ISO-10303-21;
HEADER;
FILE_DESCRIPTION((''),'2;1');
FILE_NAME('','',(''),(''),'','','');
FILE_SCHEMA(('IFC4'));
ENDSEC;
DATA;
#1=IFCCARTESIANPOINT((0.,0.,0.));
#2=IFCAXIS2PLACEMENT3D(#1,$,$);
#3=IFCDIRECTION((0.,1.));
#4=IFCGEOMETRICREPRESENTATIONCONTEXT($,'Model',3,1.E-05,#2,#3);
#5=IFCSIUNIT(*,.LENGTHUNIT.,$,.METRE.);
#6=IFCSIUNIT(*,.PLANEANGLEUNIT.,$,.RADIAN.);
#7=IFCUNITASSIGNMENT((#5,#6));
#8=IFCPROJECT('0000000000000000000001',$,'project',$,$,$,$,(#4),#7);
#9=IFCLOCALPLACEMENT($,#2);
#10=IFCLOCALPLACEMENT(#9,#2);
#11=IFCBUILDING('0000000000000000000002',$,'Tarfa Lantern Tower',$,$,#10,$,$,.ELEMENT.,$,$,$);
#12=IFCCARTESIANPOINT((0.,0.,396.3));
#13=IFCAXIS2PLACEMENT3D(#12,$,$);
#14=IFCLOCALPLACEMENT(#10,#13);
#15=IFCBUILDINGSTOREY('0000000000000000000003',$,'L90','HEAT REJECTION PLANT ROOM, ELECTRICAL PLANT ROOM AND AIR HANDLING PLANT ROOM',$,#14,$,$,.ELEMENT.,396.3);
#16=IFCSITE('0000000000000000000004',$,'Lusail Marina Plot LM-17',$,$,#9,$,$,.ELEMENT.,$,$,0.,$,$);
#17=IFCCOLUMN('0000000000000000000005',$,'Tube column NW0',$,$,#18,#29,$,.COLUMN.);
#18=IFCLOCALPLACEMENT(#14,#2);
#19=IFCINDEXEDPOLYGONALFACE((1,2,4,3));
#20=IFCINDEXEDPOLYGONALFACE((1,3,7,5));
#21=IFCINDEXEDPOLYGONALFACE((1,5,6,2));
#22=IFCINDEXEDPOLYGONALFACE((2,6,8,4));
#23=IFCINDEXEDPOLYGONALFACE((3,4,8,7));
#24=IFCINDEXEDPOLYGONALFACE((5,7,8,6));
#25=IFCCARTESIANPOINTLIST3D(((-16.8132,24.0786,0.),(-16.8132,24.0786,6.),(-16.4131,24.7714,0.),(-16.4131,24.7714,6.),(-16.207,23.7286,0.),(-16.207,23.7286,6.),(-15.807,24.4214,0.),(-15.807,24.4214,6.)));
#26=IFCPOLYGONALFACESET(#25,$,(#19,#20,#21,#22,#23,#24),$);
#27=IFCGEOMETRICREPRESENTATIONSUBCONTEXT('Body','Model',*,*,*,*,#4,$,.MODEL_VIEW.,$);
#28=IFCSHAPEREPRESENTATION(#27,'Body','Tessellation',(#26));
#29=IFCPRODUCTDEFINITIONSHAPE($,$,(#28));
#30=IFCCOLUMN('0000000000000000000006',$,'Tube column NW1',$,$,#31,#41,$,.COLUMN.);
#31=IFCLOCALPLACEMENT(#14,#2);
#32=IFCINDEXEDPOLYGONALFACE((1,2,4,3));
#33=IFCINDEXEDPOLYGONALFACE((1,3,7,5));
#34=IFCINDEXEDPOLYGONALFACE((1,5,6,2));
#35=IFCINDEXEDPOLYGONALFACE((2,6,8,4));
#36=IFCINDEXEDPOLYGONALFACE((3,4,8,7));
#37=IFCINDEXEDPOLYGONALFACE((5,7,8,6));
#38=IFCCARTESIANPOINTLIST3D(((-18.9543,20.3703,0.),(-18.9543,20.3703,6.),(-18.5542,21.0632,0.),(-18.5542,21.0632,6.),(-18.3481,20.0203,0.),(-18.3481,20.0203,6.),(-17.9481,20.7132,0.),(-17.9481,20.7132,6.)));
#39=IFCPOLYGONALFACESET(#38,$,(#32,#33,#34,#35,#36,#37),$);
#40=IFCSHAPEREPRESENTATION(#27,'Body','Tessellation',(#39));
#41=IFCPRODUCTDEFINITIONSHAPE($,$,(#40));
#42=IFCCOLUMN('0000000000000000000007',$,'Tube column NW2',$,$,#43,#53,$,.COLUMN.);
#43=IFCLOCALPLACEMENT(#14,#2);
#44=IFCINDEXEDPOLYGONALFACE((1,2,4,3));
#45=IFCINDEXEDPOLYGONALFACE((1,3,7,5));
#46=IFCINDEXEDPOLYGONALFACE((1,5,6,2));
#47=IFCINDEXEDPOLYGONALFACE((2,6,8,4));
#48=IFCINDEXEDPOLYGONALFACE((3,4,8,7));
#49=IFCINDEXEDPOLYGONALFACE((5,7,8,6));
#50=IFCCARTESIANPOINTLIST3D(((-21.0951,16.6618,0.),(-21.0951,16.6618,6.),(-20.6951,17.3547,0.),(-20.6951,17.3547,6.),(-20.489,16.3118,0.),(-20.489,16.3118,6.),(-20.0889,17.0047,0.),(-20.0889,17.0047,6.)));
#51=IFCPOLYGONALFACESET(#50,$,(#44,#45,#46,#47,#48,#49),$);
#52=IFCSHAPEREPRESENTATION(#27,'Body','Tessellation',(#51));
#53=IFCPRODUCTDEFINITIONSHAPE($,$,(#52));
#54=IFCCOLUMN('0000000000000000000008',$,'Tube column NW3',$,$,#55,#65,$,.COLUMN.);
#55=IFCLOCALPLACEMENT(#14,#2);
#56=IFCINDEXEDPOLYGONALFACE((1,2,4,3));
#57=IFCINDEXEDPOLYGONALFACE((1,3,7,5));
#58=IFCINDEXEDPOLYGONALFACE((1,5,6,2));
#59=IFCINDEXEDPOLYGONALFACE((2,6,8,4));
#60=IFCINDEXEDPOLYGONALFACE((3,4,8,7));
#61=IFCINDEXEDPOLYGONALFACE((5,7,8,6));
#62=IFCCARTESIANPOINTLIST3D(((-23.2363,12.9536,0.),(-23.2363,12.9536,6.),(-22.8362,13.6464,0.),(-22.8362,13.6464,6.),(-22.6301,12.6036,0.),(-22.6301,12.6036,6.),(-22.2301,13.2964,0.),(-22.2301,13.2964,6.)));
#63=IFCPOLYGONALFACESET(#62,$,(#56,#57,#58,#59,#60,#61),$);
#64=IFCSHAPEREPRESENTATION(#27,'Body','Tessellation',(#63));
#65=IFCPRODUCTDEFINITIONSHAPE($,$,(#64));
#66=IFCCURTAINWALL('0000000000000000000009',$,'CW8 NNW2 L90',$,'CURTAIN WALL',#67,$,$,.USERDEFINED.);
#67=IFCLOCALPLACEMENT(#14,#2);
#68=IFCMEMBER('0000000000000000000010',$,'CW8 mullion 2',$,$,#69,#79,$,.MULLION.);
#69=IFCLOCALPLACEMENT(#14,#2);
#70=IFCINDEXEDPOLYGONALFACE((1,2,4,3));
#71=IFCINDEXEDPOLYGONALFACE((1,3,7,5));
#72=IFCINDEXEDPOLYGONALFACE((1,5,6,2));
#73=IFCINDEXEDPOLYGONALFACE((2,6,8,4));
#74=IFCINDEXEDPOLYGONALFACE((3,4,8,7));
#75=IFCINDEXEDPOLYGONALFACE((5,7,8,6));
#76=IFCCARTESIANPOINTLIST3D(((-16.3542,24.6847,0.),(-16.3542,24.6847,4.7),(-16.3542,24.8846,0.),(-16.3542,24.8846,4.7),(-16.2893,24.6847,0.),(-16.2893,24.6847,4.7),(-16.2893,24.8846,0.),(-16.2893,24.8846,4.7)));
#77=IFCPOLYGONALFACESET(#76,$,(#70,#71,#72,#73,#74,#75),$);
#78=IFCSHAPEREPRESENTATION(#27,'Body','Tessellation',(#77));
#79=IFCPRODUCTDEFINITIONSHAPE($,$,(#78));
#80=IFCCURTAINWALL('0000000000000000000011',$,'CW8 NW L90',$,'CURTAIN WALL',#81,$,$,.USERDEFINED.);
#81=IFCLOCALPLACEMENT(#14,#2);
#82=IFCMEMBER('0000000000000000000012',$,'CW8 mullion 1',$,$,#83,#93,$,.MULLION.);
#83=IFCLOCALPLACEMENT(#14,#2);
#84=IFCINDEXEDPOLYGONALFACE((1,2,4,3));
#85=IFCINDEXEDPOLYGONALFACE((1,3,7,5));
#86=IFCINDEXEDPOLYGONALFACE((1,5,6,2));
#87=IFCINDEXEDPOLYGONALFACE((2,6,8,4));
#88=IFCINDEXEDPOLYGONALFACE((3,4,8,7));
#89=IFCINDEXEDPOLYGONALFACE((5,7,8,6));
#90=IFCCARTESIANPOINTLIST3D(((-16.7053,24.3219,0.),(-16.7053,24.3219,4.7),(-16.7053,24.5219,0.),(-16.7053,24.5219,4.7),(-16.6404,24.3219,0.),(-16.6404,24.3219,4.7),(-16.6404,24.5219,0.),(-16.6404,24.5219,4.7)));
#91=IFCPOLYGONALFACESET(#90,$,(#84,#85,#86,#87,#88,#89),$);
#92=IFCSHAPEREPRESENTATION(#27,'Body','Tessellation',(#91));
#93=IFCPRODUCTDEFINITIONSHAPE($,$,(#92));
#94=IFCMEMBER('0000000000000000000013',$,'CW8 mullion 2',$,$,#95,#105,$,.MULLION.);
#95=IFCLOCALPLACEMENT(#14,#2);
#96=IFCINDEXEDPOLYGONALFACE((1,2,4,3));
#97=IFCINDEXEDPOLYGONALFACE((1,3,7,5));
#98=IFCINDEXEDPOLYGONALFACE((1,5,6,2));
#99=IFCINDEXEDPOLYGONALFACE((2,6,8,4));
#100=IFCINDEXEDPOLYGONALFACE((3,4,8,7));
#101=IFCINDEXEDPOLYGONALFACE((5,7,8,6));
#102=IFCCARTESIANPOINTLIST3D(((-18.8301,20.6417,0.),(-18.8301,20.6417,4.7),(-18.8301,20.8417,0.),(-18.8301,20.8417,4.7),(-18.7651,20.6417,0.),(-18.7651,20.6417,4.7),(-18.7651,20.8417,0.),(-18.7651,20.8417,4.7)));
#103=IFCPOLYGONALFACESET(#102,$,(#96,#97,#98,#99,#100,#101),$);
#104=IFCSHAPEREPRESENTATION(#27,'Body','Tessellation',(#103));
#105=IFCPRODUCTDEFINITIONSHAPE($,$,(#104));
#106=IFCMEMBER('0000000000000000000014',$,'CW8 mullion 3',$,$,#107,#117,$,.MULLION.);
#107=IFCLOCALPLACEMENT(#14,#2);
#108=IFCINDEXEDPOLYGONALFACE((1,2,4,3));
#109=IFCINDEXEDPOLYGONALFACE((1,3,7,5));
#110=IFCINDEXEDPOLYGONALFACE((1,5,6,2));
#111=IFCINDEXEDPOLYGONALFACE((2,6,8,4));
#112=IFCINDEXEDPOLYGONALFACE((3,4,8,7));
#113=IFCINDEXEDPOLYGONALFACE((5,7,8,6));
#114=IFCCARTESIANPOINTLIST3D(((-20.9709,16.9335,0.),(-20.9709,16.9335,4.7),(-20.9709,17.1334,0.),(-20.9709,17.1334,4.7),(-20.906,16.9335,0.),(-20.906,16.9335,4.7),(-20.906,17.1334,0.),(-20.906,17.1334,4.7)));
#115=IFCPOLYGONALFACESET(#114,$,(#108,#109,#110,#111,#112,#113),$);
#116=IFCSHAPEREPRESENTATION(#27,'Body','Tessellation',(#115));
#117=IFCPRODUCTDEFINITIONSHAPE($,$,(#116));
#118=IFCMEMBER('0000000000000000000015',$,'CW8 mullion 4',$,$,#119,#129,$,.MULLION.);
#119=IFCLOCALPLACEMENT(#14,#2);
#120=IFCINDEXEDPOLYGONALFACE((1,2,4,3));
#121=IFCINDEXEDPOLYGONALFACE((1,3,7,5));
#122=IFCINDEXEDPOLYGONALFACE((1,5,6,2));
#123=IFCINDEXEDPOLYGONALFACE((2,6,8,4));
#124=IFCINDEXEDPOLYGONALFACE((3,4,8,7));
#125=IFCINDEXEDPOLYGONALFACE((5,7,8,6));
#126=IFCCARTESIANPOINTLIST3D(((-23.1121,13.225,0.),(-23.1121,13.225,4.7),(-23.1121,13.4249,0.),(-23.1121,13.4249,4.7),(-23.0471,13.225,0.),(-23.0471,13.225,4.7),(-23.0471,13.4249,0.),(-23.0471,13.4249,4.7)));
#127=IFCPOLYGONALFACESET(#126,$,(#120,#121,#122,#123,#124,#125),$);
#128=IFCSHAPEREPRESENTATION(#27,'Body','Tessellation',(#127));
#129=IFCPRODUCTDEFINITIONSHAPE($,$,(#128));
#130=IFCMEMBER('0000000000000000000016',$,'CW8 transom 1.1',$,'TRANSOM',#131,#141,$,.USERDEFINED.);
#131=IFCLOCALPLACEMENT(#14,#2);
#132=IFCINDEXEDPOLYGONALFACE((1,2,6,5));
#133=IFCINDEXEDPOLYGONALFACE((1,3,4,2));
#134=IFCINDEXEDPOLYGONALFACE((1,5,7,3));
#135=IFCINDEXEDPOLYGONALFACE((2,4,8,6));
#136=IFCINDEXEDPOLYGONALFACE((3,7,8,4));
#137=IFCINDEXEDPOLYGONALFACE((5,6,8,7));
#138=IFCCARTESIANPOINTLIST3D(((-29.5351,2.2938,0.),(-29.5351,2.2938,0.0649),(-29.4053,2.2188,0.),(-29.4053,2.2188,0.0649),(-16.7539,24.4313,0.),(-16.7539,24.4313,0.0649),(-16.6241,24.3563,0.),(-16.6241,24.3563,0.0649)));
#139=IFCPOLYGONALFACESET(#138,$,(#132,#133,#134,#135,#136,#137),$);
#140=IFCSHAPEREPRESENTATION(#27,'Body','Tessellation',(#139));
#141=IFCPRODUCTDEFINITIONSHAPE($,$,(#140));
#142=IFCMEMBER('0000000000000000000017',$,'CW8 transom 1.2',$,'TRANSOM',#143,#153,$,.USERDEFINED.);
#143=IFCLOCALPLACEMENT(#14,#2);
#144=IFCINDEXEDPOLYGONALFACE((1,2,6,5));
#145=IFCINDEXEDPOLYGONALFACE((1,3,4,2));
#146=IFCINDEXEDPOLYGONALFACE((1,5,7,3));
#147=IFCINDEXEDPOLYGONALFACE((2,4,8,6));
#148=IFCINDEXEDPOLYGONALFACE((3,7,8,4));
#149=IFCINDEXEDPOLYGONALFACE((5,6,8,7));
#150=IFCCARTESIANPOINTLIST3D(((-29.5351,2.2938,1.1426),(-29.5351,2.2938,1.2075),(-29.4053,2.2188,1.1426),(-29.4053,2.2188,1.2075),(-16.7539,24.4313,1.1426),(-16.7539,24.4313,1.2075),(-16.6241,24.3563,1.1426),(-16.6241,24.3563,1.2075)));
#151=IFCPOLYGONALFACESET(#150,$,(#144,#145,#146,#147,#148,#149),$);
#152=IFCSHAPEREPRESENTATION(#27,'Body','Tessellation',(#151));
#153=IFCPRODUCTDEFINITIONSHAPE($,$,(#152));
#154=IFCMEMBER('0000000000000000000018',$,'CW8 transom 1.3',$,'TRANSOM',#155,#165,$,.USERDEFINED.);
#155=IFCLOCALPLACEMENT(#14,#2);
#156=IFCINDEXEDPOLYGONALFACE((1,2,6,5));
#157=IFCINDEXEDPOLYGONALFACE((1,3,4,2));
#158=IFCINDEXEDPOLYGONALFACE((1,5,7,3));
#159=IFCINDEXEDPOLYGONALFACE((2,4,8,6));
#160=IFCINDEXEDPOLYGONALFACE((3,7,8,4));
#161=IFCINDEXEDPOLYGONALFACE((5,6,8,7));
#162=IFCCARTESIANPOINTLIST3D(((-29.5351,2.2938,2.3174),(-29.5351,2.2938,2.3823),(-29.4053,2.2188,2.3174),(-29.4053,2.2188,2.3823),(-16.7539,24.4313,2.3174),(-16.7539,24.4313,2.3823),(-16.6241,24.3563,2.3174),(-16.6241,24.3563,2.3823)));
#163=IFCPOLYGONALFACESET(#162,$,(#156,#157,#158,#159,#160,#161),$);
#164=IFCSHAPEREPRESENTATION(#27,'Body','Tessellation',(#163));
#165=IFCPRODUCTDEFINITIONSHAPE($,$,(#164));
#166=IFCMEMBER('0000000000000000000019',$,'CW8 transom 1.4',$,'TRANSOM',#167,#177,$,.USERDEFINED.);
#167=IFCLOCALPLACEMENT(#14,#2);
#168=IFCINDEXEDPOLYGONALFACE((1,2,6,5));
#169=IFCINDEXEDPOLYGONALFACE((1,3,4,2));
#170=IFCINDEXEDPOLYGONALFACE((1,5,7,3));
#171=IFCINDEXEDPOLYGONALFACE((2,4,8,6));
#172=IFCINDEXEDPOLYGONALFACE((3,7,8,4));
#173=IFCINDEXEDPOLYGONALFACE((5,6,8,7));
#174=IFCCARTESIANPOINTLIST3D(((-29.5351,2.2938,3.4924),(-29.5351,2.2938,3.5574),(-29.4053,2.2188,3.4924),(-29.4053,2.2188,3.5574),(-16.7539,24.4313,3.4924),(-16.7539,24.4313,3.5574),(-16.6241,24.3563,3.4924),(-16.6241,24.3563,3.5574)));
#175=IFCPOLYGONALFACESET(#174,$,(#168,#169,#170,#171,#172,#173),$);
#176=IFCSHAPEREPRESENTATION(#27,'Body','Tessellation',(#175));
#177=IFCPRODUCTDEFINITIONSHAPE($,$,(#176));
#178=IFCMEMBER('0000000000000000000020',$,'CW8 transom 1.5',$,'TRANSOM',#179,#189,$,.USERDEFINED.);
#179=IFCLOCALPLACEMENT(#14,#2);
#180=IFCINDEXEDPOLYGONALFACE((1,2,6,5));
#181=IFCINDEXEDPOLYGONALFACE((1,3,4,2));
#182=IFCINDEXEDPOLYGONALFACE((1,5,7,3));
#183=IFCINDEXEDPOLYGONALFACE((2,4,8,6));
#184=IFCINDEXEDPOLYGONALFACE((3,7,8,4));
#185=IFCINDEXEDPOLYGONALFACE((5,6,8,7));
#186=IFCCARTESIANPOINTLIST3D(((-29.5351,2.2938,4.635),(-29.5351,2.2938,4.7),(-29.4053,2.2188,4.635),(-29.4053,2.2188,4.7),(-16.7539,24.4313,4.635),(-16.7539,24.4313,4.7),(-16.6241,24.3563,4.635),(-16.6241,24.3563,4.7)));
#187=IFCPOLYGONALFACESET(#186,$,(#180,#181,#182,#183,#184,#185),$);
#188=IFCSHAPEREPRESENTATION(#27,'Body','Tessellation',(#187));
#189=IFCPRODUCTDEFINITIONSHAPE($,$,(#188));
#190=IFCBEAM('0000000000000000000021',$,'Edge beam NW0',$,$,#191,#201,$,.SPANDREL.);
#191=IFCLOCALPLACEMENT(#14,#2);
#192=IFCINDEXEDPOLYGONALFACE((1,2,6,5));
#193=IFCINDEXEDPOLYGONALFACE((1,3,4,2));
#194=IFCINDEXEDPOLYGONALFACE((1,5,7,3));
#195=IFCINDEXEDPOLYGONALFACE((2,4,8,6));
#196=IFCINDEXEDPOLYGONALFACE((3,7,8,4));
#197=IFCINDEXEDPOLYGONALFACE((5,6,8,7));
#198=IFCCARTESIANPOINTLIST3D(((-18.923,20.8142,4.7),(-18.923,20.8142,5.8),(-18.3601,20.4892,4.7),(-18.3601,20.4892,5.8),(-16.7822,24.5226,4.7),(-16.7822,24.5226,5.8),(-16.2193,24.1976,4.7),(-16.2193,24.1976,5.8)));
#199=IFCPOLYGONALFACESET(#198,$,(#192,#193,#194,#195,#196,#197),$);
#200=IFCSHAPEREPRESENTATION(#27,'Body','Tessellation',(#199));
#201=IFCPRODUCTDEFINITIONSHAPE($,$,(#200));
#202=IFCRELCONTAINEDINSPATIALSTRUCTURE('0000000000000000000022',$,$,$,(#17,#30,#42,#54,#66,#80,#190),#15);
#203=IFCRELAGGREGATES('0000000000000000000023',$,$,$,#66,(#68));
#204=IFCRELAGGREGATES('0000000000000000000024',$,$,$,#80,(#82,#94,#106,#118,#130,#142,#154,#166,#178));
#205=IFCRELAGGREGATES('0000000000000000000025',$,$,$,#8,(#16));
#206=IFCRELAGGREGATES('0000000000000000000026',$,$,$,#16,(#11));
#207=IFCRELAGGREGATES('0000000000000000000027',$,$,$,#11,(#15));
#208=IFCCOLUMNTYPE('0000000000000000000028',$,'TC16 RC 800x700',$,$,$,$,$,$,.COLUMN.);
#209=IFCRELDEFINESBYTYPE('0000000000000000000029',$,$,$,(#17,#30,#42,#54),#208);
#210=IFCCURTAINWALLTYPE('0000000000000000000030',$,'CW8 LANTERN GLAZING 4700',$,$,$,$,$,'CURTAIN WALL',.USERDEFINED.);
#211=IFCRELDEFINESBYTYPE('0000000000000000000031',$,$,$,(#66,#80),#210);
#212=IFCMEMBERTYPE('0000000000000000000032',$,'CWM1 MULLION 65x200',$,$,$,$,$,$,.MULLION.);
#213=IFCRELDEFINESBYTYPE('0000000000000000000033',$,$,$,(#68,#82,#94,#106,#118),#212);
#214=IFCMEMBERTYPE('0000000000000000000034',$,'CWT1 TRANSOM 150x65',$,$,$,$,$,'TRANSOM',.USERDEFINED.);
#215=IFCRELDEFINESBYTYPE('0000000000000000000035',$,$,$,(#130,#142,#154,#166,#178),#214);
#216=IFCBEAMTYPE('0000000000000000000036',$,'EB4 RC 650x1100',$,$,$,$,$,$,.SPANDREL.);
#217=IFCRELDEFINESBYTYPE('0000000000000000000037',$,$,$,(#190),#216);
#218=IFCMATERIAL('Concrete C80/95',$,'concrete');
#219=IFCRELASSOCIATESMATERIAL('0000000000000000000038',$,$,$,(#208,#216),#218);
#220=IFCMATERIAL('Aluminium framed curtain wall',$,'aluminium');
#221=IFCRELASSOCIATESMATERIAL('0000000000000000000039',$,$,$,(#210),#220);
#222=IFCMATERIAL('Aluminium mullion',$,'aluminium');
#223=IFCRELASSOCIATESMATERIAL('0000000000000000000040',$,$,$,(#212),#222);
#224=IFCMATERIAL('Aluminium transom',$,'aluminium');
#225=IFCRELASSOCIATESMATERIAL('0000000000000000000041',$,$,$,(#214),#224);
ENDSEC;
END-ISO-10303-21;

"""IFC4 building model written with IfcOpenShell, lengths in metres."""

from ifc_helpers import new_model, si_unit, direction, frame, origin, origin_2d, place, context, subcontext, project, spatial, rectangle, extrude, material, material_profile, profile_set, type_object, element, aggregate, save


model = new_model("IFC4")

# Units and contexts
model_context = context("Model", 3, precision=1e-05, world=origin(), true_north=direction((0.0, 1.0)))
body_context = subcontext(model_context, "Body", "Model", "MODEL_VIEW")
ifc_project = project(units=[si_unit("LENGTHUNIT", "METRE"), si_unit("PLANEANGLEUNIT", "RADIAN")], contexts=[model_context])

# Site, building, storey
site_placement = place(None, origin())
site = spatial("IfcSite", under=ifc_project, at=site_placement, Name="Lusail Marina Plot LM-17", CompositionType="ELEMENT", RefElevation=0.0)
building_placement = place(site_placement, origin())
building = spatial("IfcBuilding", under=site, at=building_placement, Name="Tarfa Lantern Tower", CompositionType="ELEMENT")
storey_placement = place(building_placement, frame((0.0, 0.0, 396.3)))
storey = spatial("IfcBuildingStorey", under=building, at=storey_placement, Name="L90", Description="HEAT REJECTION PLANT ROOM, ELECTRICAL PLANT ROOM AND AIR HANDLING PLANT ROOM", CompositionType="ELEMENT", Elevation=396.3)

# Columns
ifc_material_1 = material(Name="Concrete C80/95", Category="concrete")
ifc_material_profile_1 = material_profile(ifc_material_1, rectangle(XDim=0.8, YDim=0.7, at=origin_2d()), Name="RC 800x700")
ifc_profile_set_1 = profile_set([ifc_material_profile_1], Name="Concrete C80/95")
column_type = type_object("IfcColumnType", Name="TC16 RC 800x700", PredefinedType="COLUMN", material=ifc_profile_set_1)
for number, where, z_axis, x_axis, name in (
    (1, (-16.3101, 24.25, 0.0), (0.0, 0.0, 1.0), (-0.5, -0.866025, 0.0), "Tube column NW0"),
    (2, (-18.4512, 20.5417, 0.0), (0.0, 0.0, 1.0), (-0.5, -0.866025, 0.0), "Tube column NW1"),
    (3, (-20.592, 16.8333, 0.0), (0.0, 0.0, 1.0), (-0.5, -0.866025, 0.0), "Tube column NW2"),
    (4, (-22.7332, 13.125, 0.0), (0.0, 0.0, 1.0), (-0.5, -0.866025, 0.0), "Tube column NW3"),
):
    element("IfcColumn", number, at=place(storey_placement, frame(where, z_axis=z_axis, x_axis=x_axis)), inside=storey, type_object=column_type, Name=name, PredefinedType="COLUMN", context=body_context, shape_type="SweptSolid", body=[
        extrude(rectangle(XDim=0.8, YDim=0.7, at=origin_2d()), origin(), (0.0, 0.0, 1.0), 6.0),
    ])

# Curtain wall, member
ifc_material_2 = material(Name="Aluminium framed curtain wall", Category="aluminium")
curtain_wall_type = type_object("IfcCurtainWallType", Name="CW8 LANTERN GLAZING 4700", ElementType="CURTAIN WALL", PredefinedType="USERDEFINED", material=ifc_material_2)
curtain_wall_1_placement = place(storey_placement, origin())
curtain_wall_1 = element("IfcCurtainWall", 5, at=curtain_wall_1_placement, inside=storey, type_object=curtain_wall_type, Name="CW8 NNW2 L90", ObjectType="CURTAIN WALL", PredefinedType="USERDEFINED")
ifc_material_3 = material(Name="Aluminium mullion", Category="aluminium")
ifc_material_profile_2 = material_profile(ifc_material_3, rectangle(XDim=0.0649, YDim=0.2, at=origin_2d()), Name="AL MULLION 65x200")
ifc_profile_set_2 = profile_set([ifc_material_profile_2], Name="Aluminium mullion")
member_type_1 = type_object("IfcMemberType", Name="CWM1 MULLION 65x200", PredefinedType="MULLION", material=ifc_profile_set_2)
member_1_placement = place(storey_placement, frame((-16.3218, 24.7847, 0.0), z_axis=(0.0, 0.0, 1.0), x_axis=(1.0, 0.0, 0.0)))
member_1 = element("IfcMember", 6, at=member_1_placement, type_object=member_type_1, Name="CW8 mullion 2", PredefinedType="MULLION", context=body_context, shape_type="SweptSolid", body=[
    extrude(rectangle(XDim=0.0649, YDim=0.2, at=origin_2d()), origin(), (0.0, 0.0, 1.0), 4.7),
])

# Curtain wall, members
curtain_wall_2_placement = place(storey_placement, origin())
curtain_wall_2 = element("IfcCurtainWall", 7, at=curtain_wall_2_placement, inside=storey, type_object=curtain_wall_type, Name="CW8 NW L90", ObjectType="CURTAIN WALL", PredefinedType="USERDEFINED")
member_2_placement = place(storey_placement, frame((-16.6729, 24.4219, 0.0), z_axis=(0.0, 0.0, 1.0), x_axis=(1.0, 0.0, 0.0)))
member_2 = element("IfcMember", 8, at=member_2_placement, type_object=member_type_1, Name="CW8 mullion 1", PredefinedType="MULLION", context=body_context, shape_type="SweptSolid", body=[
    extrude(rectangle(XDim=0.0649, YDim=0.2, at=origin_2d()), origin(), (0.0, 0.0, 1.0), 4.7),
])
member_3_placement = place(storey_placement, frame((-18.7976, 20.7417, 0.0), z_axis=(0.0, 0.0, 1.0), x_axis=(1.0, 0.0, 0.0)))
member_3 = element("IfcMember", 9, at=member_3_placement, type_object=member_type_1, Name="CW8 mullion 2", PredefinedType="MULLION", context=body_context, shape_type="SweptSolid", body=[
    extrude(rectangle(XDim=0.0649, YDim=0.2, at=origin_2d()), origin(), (0.0, 0.0, 1.0), 4.7),
])
member_4_placement = place(storey_placement, frame((-20.9385, 17.0334, 0.0), z_axis=(0.0, 0.0, 1.0), x_axis=(1.0, 0.0, 0.0)))
member_4 = element("IfcMember", 10, at=member_4_placement, type_object=member_type_1, Name="CW8 mullion 3", PredefinedType="MULLION", context=body_context, shape_type="SweptSolid", body=[
    extrude(rectangle(XDim=0.0649, YDim=0.2, at=origin_2d()), origin(), (0.0, 0.0, 1.0), 4.7),
])
member_5_placement = place(storey_placement, frame((-23.0796, 13.325, 0.0), z_axis=(0.0, 0.0, 1.0), x_axis=(1.0, 0.0, 0.0)))
member_5 = element("IfcMember", 11, at=member_5_placement, type_object=member_type_1, Name="CW8 mullion 4", PredefinedType="MULLION", context=body_context, shape_type="SweptSolid", body=[
    extrude(rectangle(XDim=0.0649, YDim=0.2, at=origin_2d()), origin(), (0.0, 0.0, 1.0), 4.7),
])
ifc_material_4 = material(Name="Aluminium transom", Category="aluminium")
ifc_material_profile_3 = material_profile(ifc_material_4, rectangle(XDim=0.1499, YDim=0.0649, at=origin_2d()), Name="AL TRANSOM 150x65")
ifc_profile_set_3 = profile_set([ifc_material_profile_3], Name="Aluminium transom")
member_type_2 = type_object("IfcMemberType", Name="CWT1 TRANSOM 150x65", ElementType="TRANSOM", PredefinedType="USERDEFINED", material=ifc_profile_set_3)
member_6_placement = place(storey_placement, frame((-16.689, 24.3938, 0.0325), z_axis=(-0.500005, -0.866022, 0.0), x_axis=(0.866022, -0.500005, 0.0)))
member_6 = element("IfcMember", 12, at=member_6_placement, type_object=member_type_2, Name="CW8 transom 1.1", ObjectType="TRANSOM", PredefinedType="USERDEFINED", context=body_context, shape_type="SweptSolid", body=[
    extrude(rectangle(XDim=0.1499, YDim=0.0649, at=origin_2d()), origin(), (0.0, 0.0, 1.0), 25.5623),
])
member_7_placement = place(storey_placement, frame((-16.689, 24.3938, 1.175), z_axis=(-0.500005, -0.866022, 0.0), x_axis=(0.866022, -0.500005, 0.0)))
member_7 = element("IfcMember", 13, at=member_7_placement, type_object=member_type_2, Name="CW8 transom 1.2", ObjectType="TRANSOM", PredefinedType="USERDEFINED", context=body_context, shape_type="SweptSolid", body=[
    extrude(rectangle(XDim=0.1499, YDim=0.0649, at=origin_2d()), origin(), (0.0, 0.0, 1.0), 25.5623),
])
member_8_placement = place(storey_placement, frame((-16.689, 24.3938, 2.3499), z_axis=(-0.500005, -0.866022, 0.0), x_axis=(0.866022, -0.500005, 0.0)))
member_8 = element("IfcMember", 14, at=member_8_placement, type_object=member_type_2, Name="CW8 transom 1.3", ObjectType="TRANSOM", PredefinedType="USERDEFINED", context=body_context, shape_type="SweptSolid", body=[
    extrude(rectangle(XDim=0.1499, YDim=0.0649, at=origin_2d()), origin(), (0.0, 0.0, 1.0), 25.5623),
])
member_9_placement = place(storey_placement, frame((-16.689, 24.3938, 3.5249), z_axis=(-0.500005, -0.866022, 0.0), x_axis=(0.866022, -0.500005, 0.0)))
member_9 = element("IfcMember", 15, at=member_9_placement, type_object=member_type_2, Name="CW8 transom 1.4", ObjectType="TRANSOM", PredefinedType="USERDEFINED", context=body_context, shape_type="SweptSolid", body=[
    extrude(rectangle(XDim=0.1499, YDim=0.0649, at=origin_2d()), origin(), (0.0, 0.0, 1.0), 25.5623),
])
member_10_placement = place(storey_placement, frame((-16.689, 24.3938, 4.6675), z_axis=(-0.500005, -0.866022, 0.0), x_axis=(0.866022, -0.500005, 0.0)))
member_10 = element("IfcMember", 16, at=member_10_placement, type_object=member_type_2, Name="CW8 transom 1.5", ObjectType="TRANSOM", PredefinedType="USERDEFINED", context=body_context, shape_type="SweptSolid", body=[
    extrude(rectangle(XDim=0.1499, YDim=0.0649, at=origin_2d()), origin(), (0.0, 0.0, 1.0), 25.5623),
])

# Beam
ifc_material_profile_4 = material_profile(ifc_material_1, rectangle(XDim=0.6499, YDim=1.1001, at=origin_2d()), Name="RC 650x1100")
ifc_profile_set_4 = profile_set([ifc_material_profile_4], Name="Concrete C80/95")
beam_type_1 = type_object("IfcBeamType", Name="EB4 RC 650x1100", PredefinedType="SPANDREL", material=ifc_profile_set_4)
for number, where, z_axis, x_axis, name in (
    (17, (-16.5007, 24.3601, 5.25), (-0.499959, -0.866049, 0.0), (0.866049, -0.499959, 0.0), "Edge beam NW0"),
):
    element("IfcBeam", number, at=place(storey_placement, frame(where, z_axis=z_axis, x_axis=x_axis)), inside=storey, type_object=beam_type_1, Name=name, PredefinedType="SPANDREL", context=body_context, shape_type="SweptSolid", body=[
        extrude(rectangle(XDim=0.6499, YDim=1.1001, at=origin_2d()), origin(), (0.0, 0.0, 1.0), 4.282),
    ])

aggregate(curtain_wall_1, [member_1])
aggregate(curtain_wall_2, [member_2, member_3, member_4, member_5, member_6, member_7, member_8, member_9, member_10])

save(model, "model.ifc")
